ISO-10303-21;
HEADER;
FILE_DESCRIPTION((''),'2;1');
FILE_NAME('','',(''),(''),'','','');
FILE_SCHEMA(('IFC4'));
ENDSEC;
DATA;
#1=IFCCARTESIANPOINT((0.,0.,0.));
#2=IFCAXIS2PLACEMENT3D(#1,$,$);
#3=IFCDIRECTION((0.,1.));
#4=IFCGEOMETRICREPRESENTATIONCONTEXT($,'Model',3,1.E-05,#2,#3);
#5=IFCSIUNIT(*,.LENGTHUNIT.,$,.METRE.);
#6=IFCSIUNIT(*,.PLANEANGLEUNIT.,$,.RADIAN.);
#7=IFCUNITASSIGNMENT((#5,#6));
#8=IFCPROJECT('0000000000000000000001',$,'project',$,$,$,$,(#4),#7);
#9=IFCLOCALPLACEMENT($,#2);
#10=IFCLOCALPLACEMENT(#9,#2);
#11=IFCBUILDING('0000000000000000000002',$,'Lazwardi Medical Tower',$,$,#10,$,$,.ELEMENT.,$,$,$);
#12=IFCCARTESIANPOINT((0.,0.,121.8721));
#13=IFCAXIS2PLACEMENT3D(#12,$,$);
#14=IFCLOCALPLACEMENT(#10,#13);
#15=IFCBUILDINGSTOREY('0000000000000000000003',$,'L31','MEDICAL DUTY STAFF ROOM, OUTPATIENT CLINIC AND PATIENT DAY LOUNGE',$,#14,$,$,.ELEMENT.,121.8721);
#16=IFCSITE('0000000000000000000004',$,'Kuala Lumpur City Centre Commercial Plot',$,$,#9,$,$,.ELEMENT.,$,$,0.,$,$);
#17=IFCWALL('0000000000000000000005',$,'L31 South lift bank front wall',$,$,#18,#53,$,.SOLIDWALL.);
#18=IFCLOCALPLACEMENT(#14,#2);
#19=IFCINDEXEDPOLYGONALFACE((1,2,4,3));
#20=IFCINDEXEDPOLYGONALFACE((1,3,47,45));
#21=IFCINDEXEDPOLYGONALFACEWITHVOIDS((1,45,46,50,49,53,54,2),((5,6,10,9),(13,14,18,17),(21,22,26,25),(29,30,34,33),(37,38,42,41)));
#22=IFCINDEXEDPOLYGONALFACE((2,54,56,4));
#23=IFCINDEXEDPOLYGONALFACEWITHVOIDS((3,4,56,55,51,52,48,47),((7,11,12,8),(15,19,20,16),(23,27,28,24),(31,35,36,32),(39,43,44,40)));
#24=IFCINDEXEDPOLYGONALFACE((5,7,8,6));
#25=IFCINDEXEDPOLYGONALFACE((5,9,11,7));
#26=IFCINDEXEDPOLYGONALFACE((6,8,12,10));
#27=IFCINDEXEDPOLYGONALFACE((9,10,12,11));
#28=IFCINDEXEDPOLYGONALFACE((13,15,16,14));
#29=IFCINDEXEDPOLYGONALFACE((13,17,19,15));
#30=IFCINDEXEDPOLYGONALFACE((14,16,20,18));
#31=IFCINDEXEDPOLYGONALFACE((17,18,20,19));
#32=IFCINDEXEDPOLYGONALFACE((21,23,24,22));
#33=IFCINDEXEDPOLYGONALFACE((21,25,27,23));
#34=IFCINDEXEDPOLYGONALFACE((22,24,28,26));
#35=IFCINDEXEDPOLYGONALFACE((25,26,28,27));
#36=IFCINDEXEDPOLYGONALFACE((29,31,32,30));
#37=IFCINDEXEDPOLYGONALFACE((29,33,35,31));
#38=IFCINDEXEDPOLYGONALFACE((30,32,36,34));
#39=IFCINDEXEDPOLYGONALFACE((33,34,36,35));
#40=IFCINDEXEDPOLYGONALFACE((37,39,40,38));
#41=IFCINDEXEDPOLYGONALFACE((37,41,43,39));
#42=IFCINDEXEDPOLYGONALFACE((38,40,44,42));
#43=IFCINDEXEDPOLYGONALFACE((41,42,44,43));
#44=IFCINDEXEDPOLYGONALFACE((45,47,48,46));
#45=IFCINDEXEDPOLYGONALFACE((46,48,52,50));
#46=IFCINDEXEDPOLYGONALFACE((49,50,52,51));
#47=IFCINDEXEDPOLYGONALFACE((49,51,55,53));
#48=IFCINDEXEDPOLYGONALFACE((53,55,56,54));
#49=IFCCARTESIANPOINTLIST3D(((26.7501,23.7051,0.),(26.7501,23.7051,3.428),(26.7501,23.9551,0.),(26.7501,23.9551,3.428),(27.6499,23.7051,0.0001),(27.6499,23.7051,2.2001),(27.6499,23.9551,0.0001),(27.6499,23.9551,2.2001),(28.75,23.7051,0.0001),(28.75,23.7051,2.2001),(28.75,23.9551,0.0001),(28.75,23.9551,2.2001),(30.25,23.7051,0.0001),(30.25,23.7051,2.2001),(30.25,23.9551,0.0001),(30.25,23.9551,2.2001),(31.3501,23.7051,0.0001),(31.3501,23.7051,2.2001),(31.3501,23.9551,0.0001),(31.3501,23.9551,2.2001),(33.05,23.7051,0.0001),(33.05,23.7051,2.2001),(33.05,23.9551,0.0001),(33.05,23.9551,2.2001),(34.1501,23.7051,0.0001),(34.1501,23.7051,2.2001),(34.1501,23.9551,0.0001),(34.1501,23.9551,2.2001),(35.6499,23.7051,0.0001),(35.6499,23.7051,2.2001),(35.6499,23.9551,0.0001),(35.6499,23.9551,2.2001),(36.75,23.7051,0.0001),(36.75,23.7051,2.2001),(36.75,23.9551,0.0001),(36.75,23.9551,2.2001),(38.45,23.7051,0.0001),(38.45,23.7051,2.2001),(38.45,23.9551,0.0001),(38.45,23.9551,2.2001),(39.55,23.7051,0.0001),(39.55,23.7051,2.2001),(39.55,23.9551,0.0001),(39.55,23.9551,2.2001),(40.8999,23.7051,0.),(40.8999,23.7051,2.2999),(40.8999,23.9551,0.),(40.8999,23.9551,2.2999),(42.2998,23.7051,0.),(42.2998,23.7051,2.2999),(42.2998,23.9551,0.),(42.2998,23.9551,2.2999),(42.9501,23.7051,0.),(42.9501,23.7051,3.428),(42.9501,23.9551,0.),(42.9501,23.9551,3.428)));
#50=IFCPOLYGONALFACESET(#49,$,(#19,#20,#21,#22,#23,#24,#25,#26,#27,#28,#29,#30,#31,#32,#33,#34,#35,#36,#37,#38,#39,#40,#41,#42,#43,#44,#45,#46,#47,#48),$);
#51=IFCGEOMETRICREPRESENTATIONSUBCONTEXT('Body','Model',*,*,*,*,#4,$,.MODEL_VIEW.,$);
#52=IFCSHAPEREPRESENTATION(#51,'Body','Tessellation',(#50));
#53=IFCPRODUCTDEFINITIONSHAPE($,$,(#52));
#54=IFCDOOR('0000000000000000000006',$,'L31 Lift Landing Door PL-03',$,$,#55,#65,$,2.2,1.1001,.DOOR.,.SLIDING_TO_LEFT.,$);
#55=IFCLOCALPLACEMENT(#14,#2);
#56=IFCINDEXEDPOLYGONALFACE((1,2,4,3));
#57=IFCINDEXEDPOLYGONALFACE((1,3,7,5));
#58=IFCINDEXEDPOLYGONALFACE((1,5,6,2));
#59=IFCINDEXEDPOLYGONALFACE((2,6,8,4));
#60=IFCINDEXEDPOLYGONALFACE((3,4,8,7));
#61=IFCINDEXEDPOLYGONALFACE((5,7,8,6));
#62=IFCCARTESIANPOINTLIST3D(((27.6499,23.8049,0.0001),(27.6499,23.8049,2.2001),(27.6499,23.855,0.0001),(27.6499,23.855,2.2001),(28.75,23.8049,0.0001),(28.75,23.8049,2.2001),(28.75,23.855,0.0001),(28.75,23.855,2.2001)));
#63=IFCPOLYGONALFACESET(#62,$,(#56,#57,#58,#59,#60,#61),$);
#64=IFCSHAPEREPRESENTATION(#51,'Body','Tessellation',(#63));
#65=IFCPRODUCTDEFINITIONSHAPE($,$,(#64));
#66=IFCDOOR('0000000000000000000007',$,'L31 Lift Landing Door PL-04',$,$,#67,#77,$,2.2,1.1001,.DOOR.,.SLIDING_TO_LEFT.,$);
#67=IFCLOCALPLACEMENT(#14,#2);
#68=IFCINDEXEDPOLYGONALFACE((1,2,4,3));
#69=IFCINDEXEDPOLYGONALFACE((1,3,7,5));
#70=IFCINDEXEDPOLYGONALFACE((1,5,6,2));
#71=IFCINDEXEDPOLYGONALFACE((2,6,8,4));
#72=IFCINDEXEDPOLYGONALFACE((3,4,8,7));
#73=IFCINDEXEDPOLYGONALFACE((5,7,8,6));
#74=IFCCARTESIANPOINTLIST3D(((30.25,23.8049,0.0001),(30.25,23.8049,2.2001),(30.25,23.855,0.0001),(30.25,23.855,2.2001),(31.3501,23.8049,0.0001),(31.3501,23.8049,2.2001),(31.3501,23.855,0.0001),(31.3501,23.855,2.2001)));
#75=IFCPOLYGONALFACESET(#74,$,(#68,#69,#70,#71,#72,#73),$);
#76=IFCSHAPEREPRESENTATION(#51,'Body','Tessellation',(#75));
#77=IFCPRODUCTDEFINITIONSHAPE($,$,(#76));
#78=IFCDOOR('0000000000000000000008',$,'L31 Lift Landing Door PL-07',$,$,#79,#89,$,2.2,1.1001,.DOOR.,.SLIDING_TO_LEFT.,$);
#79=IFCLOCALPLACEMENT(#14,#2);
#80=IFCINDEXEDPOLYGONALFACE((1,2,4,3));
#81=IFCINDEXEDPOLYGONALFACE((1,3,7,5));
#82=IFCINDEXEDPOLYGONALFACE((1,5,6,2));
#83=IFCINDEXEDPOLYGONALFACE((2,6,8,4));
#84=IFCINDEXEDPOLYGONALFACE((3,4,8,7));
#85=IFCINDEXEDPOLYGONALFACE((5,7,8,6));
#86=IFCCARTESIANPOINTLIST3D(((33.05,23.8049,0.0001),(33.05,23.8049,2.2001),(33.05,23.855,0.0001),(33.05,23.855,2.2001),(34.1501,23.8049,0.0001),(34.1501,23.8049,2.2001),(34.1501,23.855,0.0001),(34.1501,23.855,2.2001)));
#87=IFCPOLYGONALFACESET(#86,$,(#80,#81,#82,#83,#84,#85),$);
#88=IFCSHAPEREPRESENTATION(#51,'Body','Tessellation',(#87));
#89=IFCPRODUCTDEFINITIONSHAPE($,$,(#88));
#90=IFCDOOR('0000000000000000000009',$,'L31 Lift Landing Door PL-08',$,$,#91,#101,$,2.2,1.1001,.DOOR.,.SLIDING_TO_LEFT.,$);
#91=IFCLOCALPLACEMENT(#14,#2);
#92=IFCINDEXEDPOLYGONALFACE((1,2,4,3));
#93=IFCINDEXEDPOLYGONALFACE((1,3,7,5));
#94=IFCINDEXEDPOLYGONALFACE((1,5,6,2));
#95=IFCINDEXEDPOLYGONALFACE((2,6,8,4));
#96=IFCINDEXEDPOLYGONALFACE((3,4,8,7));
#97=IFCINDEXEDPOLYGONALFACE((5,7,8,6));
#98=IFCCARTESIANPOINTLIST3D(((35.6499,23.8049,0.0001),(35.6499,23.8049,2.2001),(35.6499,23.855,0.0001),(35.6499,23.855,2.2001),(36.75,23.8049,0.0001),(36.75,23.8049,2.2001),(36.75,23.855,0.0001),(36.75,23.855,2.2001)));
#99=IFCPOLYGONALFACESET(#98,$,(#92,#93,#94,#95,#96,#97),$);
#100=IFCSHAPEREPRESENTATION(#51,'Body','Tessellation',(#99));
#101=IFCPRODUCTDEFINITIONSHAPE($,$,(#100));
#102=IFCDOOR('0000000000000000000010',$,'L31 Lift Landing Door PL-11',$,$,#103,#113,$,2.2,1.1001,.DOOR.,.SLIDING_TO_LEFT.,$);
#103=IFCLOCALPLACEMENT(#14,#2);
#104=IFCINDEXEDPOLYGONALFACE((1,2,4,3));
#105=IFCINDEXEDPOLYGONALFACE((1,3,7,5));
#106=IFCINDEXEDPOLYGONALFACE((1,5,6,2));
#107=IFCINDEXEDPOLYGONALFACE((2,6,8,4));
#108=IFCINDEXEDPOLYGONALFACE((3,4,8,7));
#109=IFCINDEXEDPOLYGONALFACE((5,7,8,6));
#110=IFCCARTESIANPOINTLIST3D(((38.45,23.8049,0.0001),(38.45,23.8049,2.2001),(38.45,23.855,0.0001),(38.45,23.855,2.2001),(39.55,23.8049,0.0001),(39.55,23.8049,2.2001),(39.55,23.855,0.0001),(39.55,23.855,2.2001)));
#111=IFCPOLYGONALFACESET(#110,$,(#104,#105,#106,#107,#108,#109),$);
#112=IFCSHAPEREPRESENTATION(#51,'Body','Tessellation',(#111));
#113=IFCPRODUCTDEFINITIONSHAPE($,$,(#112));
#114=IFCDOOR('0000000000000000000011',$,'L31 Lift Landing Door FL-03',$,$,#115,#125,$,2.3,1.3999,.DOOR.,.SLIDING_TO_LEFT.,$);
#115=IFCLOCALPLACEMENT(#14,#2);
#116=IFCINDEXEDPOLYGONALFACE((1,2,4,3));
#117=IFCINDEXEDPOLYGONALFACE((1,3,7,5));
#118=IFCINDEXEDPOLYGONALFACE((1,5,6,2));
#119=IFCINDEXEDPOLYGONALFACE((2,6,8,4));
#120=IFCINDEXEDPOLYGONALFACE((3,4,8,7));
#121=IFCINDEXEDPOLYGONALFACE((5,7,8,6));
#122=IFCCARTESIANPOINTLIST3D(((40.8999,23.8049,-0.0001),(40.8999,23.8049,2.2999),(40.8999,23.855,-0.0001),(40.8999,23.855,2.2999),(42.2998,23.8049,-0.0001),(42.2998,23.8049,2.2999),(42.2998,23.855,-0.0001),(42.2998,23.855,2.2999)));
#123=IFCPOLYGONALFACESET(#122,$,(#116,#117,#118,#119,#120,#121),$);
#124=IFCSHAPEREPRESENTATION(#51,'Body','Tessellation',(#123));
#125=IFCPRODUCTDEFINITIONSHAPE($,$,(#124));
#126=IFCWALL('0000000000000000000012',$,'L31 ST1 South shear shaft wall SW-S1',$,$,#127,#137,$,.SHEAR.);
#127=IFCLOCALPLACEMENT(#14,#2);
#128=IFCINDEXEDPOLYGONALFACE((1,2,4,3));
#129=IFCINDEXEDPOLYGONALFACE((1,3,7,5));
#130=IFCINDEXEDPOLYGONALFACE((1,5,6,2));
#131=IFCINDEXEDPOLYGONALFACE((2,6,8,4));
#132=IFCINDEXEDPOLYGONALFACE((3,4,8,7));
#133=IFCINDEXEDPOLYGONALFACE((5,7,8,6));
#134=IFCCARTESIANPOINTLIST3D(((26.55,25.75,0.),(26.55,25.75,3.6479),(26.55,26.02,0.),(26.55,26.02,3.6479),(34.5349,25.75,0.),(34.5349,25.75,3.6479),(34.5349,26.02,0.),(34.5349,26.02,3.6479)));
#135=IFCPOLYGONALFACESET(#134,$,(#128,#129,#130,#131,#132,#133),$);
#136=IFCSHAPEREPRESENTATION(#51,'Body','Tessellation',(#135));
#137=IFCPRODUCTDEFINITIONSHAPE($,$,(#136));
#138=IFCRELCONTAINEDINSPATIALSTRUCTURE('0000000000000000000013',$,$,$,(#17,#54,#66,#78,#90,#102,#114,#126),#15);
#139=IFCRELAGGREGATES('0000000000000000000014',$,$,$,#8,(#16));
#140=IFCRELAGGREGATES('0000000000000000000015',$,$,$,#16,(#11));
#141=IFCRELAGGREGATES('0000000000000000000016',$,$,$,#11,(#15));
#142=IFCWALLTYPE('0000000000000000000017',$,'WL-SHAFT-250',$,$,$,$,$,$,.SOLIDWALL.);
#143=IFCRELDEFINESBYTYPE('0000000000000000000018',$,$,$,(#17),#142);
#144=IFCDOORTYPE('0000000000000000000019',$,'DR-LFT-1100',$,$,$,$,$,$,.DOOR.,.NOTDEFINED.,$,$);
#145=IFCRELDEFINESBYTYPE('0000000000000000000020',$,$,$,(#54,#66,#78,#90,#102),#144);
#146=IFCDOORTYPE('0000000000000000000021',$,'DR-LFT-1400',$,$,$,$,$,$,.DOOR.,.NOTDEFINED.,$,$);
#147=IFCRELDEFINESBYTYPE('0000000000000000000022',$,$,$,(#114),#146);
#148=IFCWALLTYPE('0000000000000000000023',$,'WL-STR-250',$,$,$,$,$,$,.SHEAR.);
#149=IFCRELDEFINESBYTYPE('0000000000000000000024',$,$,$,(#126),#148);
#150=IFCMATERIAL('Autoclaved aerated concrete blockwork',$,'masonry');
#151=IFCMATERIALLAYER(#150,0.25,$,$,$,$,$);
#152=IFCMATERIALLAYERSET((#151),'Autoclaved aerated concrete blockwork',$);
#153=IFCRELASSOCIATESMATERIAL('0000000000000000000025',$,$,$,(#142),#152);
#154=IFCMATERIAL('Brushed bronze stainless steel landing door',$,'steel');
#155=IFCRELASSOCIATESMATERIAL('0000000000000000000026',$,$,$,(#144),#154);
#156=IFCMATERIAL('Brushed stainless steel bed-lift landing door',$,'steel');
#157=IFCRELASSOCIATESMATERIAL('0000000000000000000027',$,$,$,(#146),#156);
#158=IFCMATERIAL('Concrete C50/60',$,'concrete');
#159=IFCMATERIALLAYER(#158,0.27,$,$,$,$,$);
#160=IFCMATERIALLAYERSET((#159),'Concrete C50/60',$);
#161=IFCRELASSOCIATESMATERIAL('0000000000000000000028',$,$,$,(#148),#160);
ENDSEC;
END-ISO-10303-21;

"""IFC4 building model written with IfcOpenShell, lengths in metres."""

from ifc_helpers import new_model, si_unit, direction, frame, frame_2d, origin, place, context, subcontext, project, spatial, rectangle, extrude, material, layer, layer_set, type_object, element, fill, save


model = new_model("IFC4")

# Units and contexts
model_context = context("Model", 3, precision=1e-05, world=origin(), true_north=direction((0.0, 1.0)))
body_context = subcontext(model_context, "Body", "Model", "MODEL_VIEW")
ifc_project = project(units=[si_unit("LENGTHUNIT", "METRE"), si_unit("PLANEANGLEUNIT", "RADIAN")], contexts=[model_context])

# Site, building, storey
site_placement = place(None, origin())
site = spatial("IfcSite", under=ifc_project, at=site_placement, Name="Kuala Lumpur City Centre Commercial Plot", CompositionType="ELEMENT", RefElevation=0.0)
building_placement = place(site_placement, origin())
building = spatial("IfcBuilding", under=site, at=building_placement, Name="Lazwardi Medical Tower", CompositionType="ELEMENT")
storey_placement = place(building_placement, frame((0.0, 0.0, 121.8721)))
storey = spatial("IfcBuildingStorey", under=building, at=storey_placement, Name="L31", Description="MEDICAL DUTY STAFF ROOM, OUTPATIENT CLINIC AND PATIENT DAY LOUNGE", CompositionType="ELEMENT", Elevation=121.8721)

# Wall, openings, doors
ifc_material_1 = material(Name="Autoclaved aerated concrete blockwork", Category="masonry")
ifc_layer_1 = layer(ifc_material_1, 0.25)
ifc_layer_set_1 = layer_set([ifc_layer_1], Name="Autoclaved aerated concrete blockwork")
wall_type_1 = type_object("IfcWallType", Name="WL-SHAFT-250", PredefinedType="SOLIDWALL", material=ifc_layer_set_1)
wall_1_placement = place(storey_placement, frame((26.75, 23.8301, 0.0), z_axis=(0.0, 0.0, 1.0), x_axis=(1.0, 0.0, 0.0)))
wall_1 = element("IfcWall", 1, at=wall_1_placement, inside=storey, type_object=wall_type_1, Name="L31 South lift bank front wall", PredefinedType="SOLIDWALL", context=body_context, shape_type="SweptSolid", body=[
    extrude(rectangle(XDim=16.2, YDim=0.25, at=frame_2d((8.1001, 0.0))), origin(), (0.0, 0.0, 1.0), 3.428),
])
opening_1_placement = place(wall_1_placement, frame((0.8999, 0.0, 0.0)))
opening_1 = element("IfcOpeningElement", 2, at=opening_1_placement, cuts=wall_1, PredefinedType="OPENING", context=body_context, shape_type="SweptSolid", body=[
    extrude(rectangle(XDim=1.1001, YDim=2.2, at=frame_2d((0.55, 1.1001))), frame((0.0, 0.135, 0.0), z_axis=(0.0, -1.0, 0.0), x_axis=(1.0, 0.0, 0.0)), (0.0, 0.0, 1.0), 0.27),
])
opening_2_placement = place(wall_1_placement, frame((3.5, 0.0, 0.0)))
opening_2 = element("IfcOpeningElement", 3, at=opening_2_placement, cuts=wall_1, PredefinedType="OPENING", context=body_context, shape_type="SweptSolid", body=[
    extrude(rectangle(XDim=1.1001, YDim=2.2, at=frame_2d((0.55, 1.1001))), frame((0.0, 0.135, 0.0), z_axis=(0.0, -1.0, 0.0), x_axis=(1.0, 0.0, 0.0)), (0.0, 0.0, 1.0), 0.27),
])
opening_3_placement = place(wall_1_placement, frame((6.3, 0.0, 0.0)))
opening_3 = element("IfcOpeningElement", 4, at=opening_3_placement, cuts=wall_1, PredefinedType="OPENING", context=body_context, shape_type="SweptSolid", body=[
    extrude(rectangle(XDim=1.1001, YDim=2.2, at=frame_2d((0.55, 1.1001))), frame((0.0, 0.135, 0.0), z_axis=(0.0, -1.0, 0.0), x_axis=(1.0, 0.0, 0.0)), (0.0, 0.0, 1.0), 0.27),
])
opening_4_placement = place(wall_1_placement, frame((8.8999, 0.0, 0.0)))
opening_4 = element("IfcOpeningElement", 5, at=opening_4_placement, cuts=wall_1, PredefinedType="OPENING", context=body_context, shape_type="SweptSolid", body=[
    extrude(rectangle(XDim=1.1001, YDim=2.2, at=frame_2d((0.55, 1.1001))), frame((0.0, 0.135, 0.0), z_axis=(0.0, -1.0, 0.0), x_axis=(1.0, 0.0, 0.0)), (0.0, 0.0, 1.0), 0.27),
])
opening_5_placement = place(wall_1_placement, frame((11.7, 0.0, 0.0)))
opening_5 = element("IfcOpeningElement", 6, at=opening_5_placement, cuts=wall_1, PredefinedType="OPENING", context=body_context, shape_type="SweptSolid", body=[
    extrude(rectangle(XDim=1.1001, YDim=2.2, at=frame_2d((0.55, 1.1001))), frame((0.0, 0.135, 0.0), z_axis=(0.0, -1.0, 0.0), x_axis=(1.0, 0.0, 0.0)), (0.0, 0.0, 1.0), 0.27),
])
opening_6_placement = place(wall_1_placement, frame((14.1499, 0.0, 0.0)))
opening_6 = element("IfcOpeningElement", 7, at=opening_6_placement, cuts=wall_1, PredefinedType="OPENING", context=body_context, shape_type="SweptSolid", body=[
    extrude(rectangle(XDim=1.3999, YDim=2.3, at=frame_2d((0.7, 1.1499))), frame((0.0, 0.135, 0.0), z_axis=(0.0, -1.0, 0.0), x_axis=(1.0, 0.0, 0.0)), (0.0, 0.0, 1.0), 0.27),
])
ifc_material_2 = material(Name="Brushed bronze stainless steel landing door", Category="steel")
door_type_1 = type_object("IfcDoorType", Name="DR-LFT-1100", OperationType="NOTDEFINED", PredefinedType="DOOR", material=ifc_material_2)
door_1_placement = place(opening_1_placement, origin())
door_1 = element("IfcDoor", 8, at=door_1_placement, inside=storey, type_object=door_type_1, Name="L31 Lift Landing Door PL-03", OperationType="SLIDING_TO_LEFT", OverallHeight=2.2, OverallWidth=1.1001, PredefinedType="DOOR", context=body_context, shape_type="SweptSolid", body=[
    extrude(rectangle(XDim=1.1001, YDim=2.2, at=frame_2d((0.55, 1.1001))), frame((0.0, 0.0249, 0.0), z_axis=(0.0, -1.0, 0.0), x_axis=(1.0, 0.0, 0.0)), (0.0, 0.0, 1.0), 0.05),
])
fill(opening_1, door_1)
door_2_placement = place(opening_2_placement, origin())
door_2 = element("IfcDoor", 9, at=door_2_placement, inside=storey, type_object=door_type_1, Name="L31 Lift Landing Door PL-04", OperationType="SLIDING_TO_LEFT", OverallHeight=2.2, OverallWidth=1.1001, PredefinedType="DOOR", context=body_context, shape_type="SweptSolid", body=[
    extrude(rectangle(XDim=1.1001, YDim=2.2, at=frame_2d((0.55, 1.1001))), frame((0.0, 0.0249, 0.0), z_axis=(0.0, -1.0, 0.0), x_axis=(1.0, 0.0, 0.0)), (0.0, 0.0, 1.0), 0.05),
])
fill(opening_2, door_2)
door_3_placement = place(opening_3_placement, origin())
door_3 = element("IfcDoor", 10, at=door_3_placement, inside=storey, type_object=door_type_1, Name="L31 Lift Landing Door PL-07", OperationType="SLIDING_TO_LEFT", OverallHeight=2.2, OverallWidth=1.1001, PredefinedType="DOOR", context=body_context, shape_type="SweptSolid", body=[
    extrude(rectangle(XDim=1.1001, YDim=2.2, at=frame_2d((0.55, 1.1001))), frame((0.0, 0.0249, 0.0), z_axis=(0.0, -1.0, 0.0), x_axis=(1.0, 0.0, 0.0)), (0.0, 0.0, 1.0), 0.05),
])
fill(opening_3, door_3)
door_4_placement = place(opening_4_placement, origin())
door_4 = element("IfcDoor", 11, at=door_4_placement, inside=storey, type_object=door_type_1, Name="L31 Lift Landing Door PL-08", OperationType="SLIDING_TO_LEFT", OverallHeight=2.2, OverallWidth=1.1001, PredefinedType="DOOR", context=body_context, shape_type="SweptSolid", body=[
    extrude(rectangle(XDim=1.1001, YDim=2.2, at=frame_2d((0.55, 1.1001))), frame((0.0, 0.0249, 0.0), z_axis=(0.0, -1.0, 0.0), x_axis=(1.0, 0.0, 0.0)), (0.0, 0.0, 1.0), 0.05),
])
fill(opening_4, door_4)
door_5_placement = place(opening_5_placement, origin())
door_5 = element("IfcDoor", 12, at=door_5_placement, inside=storey, type_object=door_type_1, Name="L31 Lift Landing Door PL-11", OperationType="SLIDING_TO_LEFT", OverallHeight=2.2, OverallWidth=1.1001, PredefinedType="DOOR", context=body_context, shape_type="SweptSolid", body=[
    extrude(rectangle(XDim=1.1001, YDim=2.2, at=frame_2d((0.55, 1.1001))), frame((0.0, 0.0249, 0.0), z_axis=(0.0, -1.0, 0.0), x_axis=(1.0, 0.0, 0.0)), (0.0, 0.0, 1.0), 0.05),
])
fill(opening_5, door_5)
ifc_material_3 = material(Name="Brushed stainless steel bed-lift landing door", Category="steel")
door_type_2 = type_object("IfcDoorType", Name="DR-LFT-1400", OperationType="NOTDEFINED", PredefinedType="DOOR", material=ifc_material_3)
door_6_placement = place(opening_6_placement, origin())
door_6 = element("IfcDoor", 13, at=door_6_placement, inside=storey, type_object=door_type_2, Name="L31 Lift Landing Door FL-03", OperationType="SLIDING_TO_LEFT", OverallHeight=2.3, OverallWidth=1.3999, PredefinedType="DOOR", context=body_context, shape_type="SweptSolid", body=[
    extrude(rectangle(XDim=1.3999, YDim=2.3, at=frame_2d((0.7, 1.1499))), frame((0.0, 0.0249, 0.0), z_axis=(0.0, -1.0, 0.0), x_axis=(1.0, 0.0, 0.0)), (0.0, 0.0, 1.0), 0.05),
])
fill(opening_6, door_6)

# Wall
ifc_material_4 = material(Name="Concrete C50/60", Category="concrete")
ifc_layer_2 = layer(ifc_material_4, 0.27)
ifc_layer_set_2 = layer_set([ifc_layer_2], Name="Concrete C50/60")
wall_type_2 = type_object("IfcWallType", Name="WL-STR-250", PredefinedType="SHEAR", material=ifc_layer_set_2)
wall_2_placement = place(storey_placement, frame((26.55, 25.885, 0.0), z_axis=(0.0, 0.0, 1.0), x_axis=(1.0, 0.0, 0.0)))
element("IfcWall", 14, at=wall_2_placement, inside=storey, type_object=wall_type_2, Name="L31 ST1 South shear shaft wall SW-S1", PredefinedType="SHEAR", context=body_context, shape_type="SweptSolid", body=[
    extrude(rectangle(XDim=7.9849, YDim=0.27, at=frame_2d((3.9924, 0.0))), origin(), (0.0, 0.0, 1.0), 3.6479),
])

save(model, "model.ifc")
